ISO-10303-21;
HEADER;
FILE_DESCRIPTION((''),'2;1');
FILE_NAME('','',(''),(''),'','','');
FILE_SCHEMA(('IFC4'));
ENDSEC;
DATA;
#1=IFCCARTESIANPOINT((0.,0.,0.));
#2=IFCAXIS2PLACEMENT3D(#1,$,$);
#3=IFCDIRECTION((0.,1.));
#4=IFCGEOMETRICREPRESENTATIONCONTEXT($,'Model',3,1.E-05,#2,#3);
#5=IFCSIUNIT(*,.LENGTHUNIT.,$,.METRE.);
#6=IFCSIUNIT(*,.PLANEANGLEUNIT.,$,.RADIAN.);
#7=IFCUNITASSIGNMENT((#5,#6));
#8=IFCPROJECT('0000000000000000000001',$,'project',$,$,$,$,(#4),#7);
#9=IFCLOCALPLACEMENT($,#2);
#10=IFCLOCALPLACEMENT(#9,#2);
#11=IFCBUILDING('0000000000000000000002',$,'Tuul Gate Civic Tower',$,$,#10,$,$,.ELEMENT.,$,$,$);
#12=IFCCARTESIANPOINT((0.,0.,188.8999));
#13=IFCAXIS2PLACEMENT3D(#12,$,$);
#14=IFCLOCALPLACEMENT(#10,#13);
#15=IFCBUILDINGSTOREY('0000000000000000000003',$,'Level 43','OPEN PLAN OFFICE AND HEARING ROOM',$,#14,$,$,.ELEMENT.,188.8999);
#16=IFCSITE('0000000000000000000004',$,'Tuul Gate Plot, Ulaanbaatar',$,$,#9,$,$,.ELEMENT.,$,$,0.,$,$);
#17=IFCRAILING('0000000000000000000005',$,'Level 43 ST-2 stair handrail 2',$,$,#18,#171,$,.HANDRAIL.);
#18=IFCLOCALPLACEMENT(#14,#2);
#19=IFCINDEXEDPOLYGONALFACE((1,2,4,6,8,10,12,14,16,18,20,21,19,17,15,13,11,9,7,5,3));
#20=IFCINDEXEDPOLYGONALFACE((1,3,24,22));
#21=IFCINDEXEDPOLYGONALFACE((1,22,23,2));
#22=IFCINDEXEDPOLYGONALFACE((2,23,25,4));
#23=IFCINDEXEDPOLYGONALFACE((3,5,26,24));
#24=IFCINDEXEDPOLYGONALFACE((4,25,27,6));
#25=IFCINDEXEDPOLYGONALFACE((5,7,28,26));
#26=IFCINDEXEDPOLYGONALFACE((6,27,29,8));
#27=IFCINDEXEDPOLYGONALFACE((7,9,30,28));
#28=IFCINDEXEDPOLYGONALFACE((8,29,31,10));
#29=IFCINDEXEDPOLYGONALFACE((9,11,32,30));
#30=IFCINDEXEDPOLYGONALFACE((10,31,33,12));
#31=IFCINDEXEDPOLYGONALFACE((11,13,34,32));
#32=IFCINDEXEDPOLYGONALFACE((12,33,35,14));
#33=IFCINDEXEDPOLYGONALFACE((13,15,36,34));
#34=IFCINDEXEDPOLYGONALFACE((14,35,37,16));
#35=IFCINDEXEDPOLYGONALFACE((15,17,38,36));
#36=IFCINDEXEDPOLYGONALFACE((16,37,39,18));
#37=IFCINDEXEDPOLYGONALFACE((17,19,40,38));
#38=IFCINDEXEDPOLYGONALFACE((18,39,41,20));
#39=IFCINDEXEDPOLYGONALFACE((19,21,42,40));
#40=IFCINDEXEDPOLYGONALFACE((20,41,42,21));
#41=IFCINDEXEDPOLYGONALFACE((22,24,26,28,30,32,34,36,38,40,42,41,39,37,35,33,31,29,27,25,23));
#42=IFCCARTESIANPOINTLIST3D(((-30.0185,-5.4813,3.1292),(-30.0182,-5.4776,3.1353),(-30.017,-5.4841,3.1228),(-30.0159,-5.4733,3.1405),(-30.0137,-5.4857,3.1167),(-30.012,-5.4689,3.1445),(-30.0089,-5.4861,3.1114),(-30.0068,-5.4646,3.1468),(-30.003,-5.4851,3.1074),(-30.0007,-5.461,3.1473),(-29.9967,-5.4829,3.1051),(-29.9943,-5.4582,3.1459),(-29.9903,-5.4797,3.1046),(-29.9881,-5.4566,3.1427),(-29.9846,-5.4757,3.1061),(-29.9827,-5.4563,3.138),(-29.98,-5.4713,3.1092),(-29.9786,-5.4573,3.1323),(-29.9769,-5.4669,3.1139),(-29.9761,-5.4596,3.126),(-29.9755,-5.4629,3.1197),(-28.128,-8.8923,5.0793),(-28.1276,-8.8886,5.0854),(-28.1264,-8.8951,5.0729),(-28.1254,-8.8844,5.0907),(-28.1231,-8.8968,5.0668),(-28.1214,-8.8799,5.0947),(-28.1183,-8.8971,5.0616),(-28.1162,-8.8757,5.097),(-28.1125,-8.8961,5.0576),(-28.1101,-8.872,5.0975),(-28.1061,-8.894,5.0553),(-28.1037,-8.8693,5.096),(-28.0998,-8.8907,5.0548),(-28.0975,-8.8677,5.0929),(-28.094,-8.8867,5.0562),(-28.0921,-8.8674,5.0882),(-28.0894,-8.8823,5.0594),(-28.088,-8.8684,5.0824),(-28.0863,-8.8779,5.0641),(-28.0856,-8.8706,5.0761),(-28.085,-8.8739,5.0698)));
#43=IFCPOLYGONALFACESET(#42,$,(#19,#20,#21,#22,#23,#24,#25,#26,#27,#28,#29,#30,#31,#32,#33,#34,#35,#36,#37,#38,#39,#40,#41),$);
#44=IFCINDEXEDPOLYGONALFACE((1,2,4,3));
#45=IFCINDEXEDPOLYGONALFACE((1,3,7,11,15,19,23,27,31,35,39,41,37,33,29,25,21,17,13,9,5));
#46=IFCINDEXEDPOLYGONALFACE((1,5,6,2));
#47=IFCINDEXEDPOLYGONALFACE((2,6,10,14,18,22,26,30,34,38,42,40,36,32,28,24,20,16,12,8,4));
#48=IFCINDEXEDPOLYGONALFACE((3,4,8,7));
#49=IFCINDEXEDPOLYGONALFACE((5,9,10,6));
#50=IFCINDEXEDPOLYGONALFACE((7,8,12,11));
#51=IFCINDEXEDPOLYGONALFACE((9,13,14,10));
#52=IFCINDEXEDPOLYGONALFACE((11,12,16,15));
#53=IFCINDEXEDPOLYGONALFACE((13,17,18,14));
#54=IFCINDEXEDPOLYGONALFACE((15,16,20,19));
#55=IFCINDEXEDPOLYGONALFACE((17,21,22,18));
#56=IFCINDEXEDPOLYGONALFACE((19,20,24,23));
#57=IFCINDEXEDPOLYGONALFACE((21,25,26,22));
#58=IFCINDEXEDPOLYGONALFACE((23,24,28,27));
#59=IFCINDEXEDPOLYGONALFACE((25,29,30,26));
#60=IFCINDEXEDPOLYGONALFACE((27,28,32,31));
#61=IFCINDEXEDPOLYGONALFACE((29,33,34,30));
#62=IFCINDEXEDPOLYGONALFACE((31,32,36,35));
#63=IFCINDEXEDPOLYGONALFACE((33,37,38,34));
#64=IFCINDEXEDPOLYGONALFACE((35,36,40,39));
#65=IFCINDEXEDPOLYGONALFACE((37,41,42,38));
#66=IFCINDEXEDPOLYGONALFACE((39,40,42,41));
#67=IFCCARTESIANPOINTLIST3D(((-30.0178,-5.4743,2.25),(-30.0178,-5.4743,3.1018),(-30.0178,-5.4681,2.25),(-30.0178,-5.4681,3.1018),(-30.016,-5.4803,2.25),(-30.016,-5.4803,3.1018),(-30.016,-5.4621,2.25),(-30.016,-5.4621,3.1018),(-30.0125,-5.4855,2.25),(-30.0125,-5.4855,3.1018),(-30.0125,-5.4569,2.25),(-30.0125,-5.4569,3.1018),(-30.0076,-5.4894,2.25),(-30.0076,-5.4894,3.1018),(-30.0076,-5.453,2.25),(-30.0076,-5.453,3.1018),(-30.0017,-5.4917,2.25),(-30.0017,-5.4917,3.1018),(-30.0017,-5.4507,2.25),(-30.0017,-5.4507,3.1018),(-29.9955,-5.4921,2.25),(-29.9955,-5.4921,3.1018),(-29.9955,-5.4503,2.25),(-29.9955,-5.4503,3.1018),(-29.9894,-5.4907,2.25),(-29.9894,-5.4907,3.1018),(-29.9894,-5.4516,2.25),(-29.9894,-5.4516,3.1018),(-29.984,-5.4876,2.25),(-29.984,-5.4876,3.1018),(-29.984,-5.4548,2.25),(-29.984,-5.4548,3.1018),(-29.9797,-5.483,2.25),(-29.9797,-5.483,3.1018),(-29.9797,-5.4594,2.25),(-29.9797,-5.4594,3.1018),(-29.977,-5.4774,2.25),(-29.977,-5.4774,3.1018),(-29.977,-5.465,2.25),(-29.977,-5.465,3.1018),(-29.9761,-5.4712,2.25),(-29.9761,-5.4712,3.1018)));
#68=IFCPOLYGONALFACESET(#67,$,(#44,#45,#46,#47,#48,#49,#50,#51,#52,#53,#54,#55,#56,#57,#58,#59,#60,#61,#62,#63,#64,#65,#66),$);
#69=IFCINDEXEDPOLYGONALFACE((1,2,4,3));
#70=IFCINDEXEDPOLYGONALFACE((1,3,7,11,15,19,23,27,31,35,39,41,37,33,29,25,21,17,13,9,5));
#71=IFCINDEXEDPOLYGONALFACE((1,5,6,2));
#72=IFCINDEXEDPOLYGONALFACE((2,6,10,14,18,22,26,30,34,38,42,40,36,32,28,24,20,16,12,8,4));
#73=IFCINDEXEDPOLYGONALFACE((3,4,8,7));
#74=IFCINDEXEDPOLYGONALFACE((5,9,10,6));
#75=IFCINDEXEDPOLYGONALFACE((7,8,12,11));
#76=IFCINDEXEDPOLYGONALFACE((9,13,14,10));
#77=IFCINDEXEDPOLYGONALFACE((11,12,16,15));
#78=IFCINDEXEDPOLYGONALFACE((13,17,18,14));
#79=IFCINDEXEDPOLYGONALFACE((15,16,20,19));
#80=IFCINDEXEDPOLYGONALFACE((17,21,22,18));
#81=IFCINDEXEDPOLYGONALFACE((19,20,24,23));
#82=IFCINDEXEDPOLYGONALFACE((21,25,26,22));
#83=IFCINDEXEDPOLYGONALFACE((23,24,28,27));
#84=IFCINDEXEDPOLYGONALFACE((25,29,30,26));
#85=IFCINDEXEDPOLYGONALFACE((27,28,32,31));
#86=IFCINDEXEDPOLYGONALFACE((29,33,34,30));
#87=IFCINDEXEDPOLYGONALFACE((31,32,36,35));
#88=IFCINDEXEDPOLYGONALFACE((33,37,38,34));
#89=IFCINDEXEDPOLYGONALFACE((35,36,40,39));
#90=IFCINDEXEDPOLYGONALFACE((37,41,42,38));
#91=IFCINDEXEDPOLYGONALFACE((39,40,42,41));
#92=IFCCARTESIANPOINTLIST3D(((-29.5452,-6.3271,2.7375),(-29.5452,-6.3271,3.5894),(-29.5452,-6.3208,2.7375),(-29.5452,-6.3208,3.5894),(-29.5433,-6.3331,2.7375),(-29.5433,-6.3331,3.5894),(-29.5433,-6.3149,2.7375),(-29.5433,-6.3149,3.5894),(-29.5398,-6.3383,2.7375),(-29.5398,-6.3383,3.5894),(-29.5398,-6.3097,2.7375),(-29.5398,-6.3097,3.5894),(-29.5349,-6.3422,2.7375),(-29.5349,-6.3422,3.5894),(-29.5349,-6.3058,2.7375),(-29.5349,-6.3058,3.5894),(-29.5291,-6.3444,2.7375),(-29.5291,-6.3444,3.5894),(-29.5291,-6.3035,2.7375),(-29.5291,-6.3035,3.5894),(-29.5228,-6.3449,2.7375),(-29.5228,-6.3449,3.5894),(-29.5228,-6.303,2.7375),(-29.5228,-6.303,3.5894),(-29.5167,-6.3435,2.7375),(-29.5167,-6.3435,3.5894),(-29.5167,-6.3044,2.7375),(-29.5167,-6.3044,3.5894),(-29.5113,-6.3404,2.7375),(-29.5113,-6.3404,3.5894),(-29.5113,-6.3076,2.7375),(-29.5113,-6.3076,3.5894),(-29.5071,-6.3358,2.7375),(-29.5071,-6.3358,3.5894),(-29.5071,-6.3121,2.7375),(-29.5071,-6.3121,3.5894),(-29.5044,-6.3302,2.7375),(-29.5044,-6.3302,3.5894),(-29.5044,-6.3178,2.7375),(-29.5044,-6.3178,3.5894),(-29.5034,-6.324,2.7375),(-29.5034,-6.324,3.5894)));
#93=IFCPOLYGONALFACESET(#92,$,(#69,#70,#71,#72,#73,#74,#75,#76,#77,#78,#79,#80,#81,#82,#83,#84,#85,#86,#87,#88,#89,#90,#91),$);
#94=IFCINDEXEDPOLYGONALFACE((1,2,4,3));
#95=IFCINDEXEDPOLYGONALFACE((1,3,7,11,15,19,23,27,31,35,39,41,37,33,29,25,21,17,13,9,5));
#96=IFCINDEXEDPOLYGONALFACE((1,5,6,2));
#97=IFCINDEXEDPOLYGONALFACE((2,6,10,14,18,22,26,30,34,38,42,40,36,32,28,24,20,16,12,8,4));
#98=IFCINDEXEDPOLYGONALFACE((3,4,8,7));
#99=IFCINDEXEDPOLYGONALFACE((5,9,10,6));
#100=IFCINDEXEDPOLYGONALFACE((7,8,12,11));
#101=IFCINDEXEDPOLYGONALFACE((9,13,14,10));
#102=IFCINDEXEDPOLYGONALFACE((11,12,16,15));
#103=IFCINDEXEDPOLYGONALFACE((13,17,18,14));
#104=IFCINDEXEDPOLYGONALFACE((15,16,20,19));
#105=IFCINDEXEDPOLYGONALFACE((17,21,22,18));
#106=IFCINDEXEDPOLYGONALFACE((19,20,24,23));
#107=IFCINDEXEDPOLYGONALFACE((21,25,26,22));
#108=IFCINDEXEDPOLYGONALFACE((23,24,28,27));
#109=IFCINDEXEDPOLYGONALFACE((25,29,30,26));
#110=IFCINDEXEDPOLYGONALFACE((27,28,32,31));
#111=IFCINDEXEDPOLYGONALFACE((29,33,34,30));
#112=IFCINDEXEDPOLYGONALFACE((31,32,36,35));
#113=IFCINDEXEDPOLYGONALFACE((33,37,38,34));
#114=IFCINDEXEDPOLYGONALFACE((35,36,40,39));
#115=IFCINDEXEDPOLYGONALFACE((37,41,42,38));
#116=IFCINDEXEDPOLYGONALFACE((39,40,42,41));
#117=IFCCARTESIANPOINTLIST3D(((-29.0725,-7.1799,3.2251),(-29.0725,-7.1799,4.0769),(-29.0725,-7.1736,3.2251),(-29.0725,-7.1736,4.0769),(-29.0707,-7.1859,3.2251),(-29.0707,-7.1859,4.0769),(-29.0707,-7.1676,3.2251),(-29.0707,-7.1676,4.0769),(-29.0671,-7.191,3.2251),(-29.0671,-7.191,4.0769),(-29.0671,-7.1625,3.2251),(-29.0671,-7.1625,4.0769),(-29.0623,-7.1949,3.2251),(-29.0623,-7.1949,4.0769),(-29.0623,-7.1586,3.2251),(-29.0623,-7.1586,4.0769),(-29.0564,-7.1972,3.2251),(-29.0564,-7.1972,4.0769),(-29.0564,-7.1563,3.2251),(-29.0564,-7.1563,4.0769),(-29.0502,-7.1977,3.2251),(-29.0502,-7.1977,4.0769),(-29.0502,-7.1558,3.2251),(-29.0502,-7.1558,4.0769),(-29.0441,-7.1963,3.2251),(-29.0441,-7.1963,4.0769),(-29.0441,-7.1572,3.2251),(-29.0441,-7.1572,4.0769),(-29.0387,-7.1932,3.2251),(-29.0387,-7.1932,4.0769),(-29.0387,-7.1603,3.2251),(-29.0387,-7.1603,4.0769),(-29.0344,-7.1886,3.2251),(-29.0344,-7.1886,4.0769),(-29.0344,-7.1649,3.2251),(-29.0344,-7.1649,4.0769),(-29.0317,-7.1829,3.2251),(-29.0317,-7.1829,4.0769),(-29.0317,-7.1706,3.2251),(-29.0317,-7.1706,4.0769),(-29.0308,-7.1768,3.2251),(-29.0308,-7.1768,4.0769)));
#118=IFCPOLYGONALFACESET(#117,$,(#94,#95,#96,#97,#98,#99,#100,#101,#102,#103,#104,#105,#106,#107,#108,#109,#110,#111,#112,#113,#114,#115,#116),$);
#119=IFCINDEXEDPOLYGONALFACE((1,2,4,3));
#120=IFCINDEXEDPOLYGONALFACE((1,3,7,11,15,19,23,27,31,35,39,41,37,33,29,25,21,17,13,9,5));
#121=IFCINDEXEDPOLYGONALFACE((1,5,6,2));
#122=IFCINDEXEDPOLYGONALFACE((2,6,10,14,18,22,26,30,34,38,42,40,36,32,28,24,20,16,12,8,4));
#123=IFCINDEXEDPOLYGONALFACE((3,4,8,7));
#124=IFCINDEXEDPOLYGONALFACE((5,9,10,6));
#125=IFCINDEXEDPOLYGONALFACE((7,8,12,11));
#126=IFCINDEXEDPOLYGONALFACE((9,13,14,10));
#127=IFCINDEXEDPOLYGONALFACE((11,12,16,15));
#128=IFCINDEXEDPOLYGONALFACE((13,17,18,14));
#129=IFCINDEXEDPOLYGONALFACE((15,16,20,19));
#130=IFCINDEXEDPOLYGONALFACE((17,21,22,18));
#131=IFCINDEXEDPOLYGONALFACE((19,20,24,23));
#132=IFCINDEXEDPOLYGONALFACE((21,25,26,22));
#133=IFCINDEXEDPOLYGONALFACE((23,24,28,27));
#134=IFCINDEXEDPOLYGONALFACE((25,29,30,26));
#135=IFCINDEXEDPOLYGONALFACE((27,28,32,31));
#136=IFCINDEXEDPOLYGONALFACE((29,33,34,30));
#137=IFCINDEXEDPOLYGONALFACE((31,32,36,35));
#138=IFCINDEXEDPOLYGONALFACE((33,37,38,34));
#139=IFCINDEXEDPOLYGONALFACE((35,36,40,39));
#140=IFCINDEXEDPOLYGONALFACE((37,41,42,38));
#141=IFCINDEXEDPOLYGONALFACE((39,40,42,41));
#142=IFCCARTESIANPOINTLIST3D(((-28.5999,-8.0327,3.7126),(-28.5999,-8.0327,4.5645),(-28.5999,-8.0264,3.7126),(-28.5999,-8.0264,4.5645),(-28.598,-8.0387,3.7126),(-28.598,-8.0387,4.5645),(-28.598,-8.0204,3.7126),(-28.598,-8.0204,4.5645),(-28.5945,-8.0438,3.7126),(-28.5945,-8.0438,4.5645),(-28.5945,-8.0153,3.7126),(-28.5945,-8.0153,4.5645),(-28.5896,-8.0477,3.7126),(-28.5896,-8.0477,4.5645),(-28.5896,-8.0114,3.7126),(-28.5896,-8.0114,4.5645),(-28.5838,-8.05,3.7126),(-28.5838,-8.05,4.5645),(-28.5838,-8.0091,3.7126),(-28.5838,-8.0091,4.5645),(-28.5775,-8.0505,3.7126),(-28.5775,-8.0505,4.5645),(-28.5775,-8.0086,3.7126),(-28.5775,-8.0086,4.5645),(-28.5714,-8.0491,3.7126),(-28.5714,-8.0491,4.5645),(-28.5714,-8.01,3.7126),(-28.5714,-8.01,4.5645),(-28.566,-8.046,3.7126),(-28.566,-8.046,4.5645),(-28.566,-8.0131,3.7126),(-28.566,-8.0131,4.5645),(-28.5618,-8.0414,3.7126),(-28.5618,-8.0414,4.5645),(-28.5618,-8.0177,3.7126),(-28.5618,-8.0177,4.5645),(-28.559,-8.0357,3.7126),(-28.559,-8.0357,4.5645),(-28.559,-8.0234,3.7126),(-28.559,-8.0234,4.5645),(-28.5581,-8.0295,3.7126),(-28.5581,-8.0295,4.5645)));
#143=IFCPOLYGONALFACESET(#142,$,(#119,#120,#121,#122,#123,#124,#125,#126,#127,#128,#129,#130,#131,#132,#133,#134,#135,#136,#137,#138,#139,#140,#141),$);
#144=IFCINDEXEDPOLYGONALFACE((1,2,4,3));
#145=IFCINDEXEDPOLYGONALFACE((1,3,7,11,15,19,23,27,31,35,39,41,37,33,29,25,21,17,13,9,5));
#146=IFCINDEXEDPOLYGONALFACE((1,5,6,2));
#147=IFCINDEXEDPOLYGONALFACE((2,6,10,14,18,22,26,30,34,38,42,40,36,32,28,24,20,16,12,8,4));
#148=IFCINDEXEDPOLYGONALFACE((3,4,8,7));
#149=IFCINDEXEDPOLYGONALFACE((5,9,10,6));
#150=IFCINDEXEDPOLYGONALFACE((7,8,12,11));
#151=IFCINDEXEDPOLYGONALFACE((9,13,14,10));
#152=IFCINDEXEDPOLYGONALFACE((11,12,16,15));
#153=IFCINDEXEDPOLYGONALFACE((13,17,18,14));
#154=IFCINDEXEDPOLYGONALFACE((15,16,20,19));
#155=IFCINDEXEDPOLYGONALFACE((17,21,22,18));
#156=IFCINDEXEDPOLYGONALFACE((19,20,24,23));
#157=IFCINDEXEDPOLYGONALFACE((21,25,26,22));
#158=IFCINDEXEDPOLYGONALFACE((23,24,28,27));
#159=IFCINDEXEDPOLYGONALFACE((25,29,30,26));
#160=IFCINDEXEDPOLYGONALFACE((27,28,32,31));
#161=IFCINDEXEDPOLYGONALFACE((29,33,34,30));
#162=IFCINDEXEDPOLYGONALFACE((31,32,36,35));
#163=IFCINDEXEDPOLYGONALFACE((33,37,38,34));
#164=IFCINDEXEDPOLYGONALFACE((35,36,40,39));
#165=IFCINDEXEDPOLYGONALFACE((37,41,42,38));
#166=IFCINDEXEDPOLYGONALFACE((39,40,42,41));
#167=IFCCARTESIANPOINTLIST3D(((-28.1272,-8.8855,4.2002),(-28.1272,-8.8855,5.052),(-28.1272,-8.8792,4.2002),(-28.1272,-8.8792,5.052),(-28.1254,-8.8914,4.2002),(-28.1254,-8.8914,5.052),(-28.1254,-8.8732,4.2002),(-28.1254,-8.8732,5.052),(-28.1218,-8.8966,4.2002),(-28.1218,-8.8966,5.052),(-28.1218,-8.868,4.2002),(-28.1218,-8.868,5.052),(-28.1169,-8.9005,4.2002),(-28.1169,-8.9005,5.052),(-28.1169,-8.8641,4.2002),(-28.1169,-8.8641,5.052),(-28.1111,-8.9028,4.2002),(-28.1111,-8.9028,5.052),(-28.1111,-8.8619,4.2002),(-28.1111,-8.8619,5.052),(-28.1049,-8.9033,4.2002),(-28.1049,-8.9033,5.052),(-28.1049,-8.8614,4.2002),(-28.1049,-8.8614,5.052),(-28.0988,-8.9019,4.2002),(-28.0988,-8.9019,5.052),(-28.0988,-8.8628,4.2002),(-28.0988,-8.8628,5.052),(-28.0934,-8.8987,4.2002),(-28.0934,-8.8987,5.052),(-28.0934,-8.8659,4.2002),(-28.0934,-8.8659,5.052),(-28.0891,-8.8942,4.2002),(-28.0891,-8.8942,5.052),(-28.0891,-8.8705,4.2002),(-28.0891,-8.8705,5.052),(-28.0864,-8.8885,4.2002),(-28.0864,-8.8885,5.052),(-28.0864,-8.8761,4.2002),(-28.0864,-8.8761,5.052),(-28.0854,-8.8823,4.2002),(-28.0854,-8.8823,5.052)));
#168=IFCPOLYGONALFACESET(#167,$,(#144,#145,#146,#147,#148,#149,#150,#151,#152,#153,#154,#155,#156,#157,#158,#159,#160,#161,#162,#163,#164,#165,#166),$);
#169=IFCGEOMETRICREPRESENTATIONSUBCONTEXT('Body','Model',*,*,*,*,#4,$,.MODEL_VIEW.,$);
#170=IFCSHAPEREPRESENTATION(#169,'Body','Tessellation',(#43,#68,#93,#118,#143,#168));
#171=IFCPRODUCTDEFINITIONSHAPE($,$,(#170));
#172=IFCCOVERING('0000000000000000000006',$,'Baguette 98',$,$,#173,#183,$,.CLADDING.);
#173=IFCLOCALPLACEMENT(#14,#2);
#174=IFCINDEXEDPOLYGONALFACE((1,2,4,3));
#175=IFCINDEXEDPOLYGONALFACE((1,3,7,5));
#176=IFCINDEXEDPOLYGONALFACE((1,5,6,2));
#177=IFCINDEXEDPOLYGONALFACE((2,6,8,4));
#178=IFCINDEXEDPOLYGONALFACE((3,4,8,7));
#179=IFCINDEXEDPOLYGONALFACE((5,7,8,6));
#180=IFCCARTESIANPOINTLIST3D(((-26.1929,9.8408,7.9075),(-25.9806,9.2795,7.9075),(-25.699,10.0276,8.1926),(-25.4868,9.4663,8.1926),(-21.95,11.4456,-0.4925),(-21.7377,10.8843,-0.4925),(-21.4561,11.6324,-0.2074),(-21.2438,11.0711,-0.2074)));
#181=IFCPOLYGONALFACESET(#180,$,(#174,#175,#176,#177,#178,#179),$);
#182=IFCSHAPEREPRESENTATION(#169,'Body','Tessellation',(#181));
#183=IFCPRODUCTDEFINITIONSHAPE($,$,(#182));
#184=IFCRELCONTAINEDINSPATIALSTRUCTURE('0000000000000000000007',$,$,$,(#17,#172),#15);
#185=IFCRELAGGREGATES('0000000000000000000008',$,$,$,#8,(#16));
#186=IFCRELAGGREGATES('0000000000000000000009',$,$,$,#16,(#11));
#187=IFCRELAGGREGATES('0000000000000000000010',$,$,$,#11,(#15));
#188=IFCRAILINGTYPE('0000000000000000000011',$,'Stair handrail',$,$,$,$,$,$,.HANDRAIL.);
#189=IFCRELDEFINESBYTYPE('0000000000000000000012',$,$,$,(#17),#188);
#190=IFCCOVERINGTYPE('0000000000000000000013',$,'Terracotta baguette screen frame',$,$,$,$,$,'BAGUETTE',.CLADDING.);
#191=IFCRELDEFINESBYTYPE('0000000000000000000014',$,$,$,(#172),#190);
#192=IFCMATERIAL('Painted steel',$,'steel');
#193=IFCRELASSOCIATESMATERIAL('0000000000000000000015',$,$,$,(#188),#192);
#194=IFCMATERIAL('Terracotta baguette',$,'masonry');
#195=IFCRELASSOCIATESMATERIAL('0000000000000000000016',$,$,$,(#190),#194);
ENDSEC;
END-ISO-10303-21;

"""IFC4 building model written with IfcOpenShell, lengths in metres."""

from ifc_helpers import new_model, si_unit, direction, frame, origin, origin_2d, place, context, subcontext, project, spatial, rectangle, circle, extrude, material, material_profile, profile_set, type_object, element, save


model = new_model("IFC4")

# Units and contexts
model_context = context("Model", 3, precision=1e-05, world=origin(), true_north=direction((0.0, 1.0)))
body_context = subcontext(model_context, "Body", "Model", "MODEL_VIEW")
ifc_project = project(units=[si_unit("LENGTHUNIT", "METRE"), si_unit("PLANEANGLEUNIT", "RADIAN")], contexts=[model_context])

# Site, building, storey
site_placement = place(None, origin())
site = spatial("IfcSite", under=ifc_project, at=site_placement, Name="Tuul Gate Plot, Ulaanbaatar", CompositionType="ELEMENT", RefElevation=0.0)
building_placement = place(site_placement, origin())
building = spatial("IfcBuilding", under=site, at=building_placement, Name="Tuul Gate Civic Tower", CompositionType="ELEMENT")
storey_placement = place(building_placement, frame((0.0, 0.0, 188.8999)))
storey = spatial("IfcBuildingStorey", under=building, at=storey_placement, Name="Level 43", Description="OPEN PLAN OFFICE AND HEARING ROOM", CompositionType="ELEMENT", Elevation=188.8999)

# Railing
ifc_material_1 = material(Name="Painted steel", Category="steel")
railing_type = type_object("IfcRailingType", Name="Stair handrail", PredefinedType="HANDRAIL", material=ifc_material_1)
railing_placement = place(storey_placement, frame((-29.9971, -5.4712, 2.25)))
element("IfcRailing", 1, at=railing_placement, inside=storey, type_object=railing_type, Name="Level 43 ST-2 stair handrail 2", PredefinedType="HANDRAIL", context=body_context, shape_type="SweptSolid", body=[
    extrude(circle(Radius=0.0239, at=origin_2d()), frame((0.0, 0.0, 0.876), z_axis=(0.433585, -0.782289, 0.447246), x_axis=(0.874641, 0.484771, 0.0)), (0.0, 0.0, 1.0), 4.3604),
    extrude(circle(Radius=0.021, at=origin_2d()), origin(), (0.0, 0.0, 1.0), 0.8518),
    extrude(circle(Radius=0.021, at=origin_2d()), frame((0.4727, -0.8528, 0.4875)), (0.0, 0.0, 1.0), 0.8518),
    extrude(circle(Radius=0.021, at=origin_2d()), frame((0.9453, -1.7056, 0.9751)), (0.0, 0.0, 1.0), 0.8518),
    extrude(circle(Radius=0.021, at=origin_2d()), frame((1.418, -2.5583, 1.4626)), (0.0, 0.0, 1.0), 0.8518),
    extrude(circle(Radius=0.021, at=origin_2d()), frame((1.8906, -3.4111, 1.9502)), (0.0, 0.0, 1.0), 0.8518),
])

# Covering
ifc_material_2 = material(Name="Terracotta baguette", Category="masonry")
ifc_material_profile_1 = material_profile(ifc_material_2, rectangle(XDim=0.6001, YDim=0.6001, at=origin_2d()), Name="Terracotta baguette screen frame")
ifc_profile_set_1 = profile_set([ifc_material_profile_1], Name="Terracotta baguette")
covering_type = type_object("IfcCoveringType", Name="Terracotta baguette screen frame", ElementType="BAGUETTE", PredefinedType="CLADDING", material=ifc_profile_set_1)
covering_placement = place(storey_placement, frame((-25.8398, 9.6536, 8.05), z_axis=(0.444447, 0.168097, -0.879892), x_axis=(-0.353758, 0.935337, 0.0)))
element("IfcCovering", 2, at=covering_placement, inside=storey, type_object=covering_type, Name="Baguette 98", PredefinedType="CLADDING", context=body_context, shape_type="SweptSolid", body=[
    extrude(rectangle(XDim=0.6001, YDim=0.6001, at=origin_2d()), origin(), (0.0, 0.0, 1.0), 9.5466),
])

save(model, "model.ifc")
